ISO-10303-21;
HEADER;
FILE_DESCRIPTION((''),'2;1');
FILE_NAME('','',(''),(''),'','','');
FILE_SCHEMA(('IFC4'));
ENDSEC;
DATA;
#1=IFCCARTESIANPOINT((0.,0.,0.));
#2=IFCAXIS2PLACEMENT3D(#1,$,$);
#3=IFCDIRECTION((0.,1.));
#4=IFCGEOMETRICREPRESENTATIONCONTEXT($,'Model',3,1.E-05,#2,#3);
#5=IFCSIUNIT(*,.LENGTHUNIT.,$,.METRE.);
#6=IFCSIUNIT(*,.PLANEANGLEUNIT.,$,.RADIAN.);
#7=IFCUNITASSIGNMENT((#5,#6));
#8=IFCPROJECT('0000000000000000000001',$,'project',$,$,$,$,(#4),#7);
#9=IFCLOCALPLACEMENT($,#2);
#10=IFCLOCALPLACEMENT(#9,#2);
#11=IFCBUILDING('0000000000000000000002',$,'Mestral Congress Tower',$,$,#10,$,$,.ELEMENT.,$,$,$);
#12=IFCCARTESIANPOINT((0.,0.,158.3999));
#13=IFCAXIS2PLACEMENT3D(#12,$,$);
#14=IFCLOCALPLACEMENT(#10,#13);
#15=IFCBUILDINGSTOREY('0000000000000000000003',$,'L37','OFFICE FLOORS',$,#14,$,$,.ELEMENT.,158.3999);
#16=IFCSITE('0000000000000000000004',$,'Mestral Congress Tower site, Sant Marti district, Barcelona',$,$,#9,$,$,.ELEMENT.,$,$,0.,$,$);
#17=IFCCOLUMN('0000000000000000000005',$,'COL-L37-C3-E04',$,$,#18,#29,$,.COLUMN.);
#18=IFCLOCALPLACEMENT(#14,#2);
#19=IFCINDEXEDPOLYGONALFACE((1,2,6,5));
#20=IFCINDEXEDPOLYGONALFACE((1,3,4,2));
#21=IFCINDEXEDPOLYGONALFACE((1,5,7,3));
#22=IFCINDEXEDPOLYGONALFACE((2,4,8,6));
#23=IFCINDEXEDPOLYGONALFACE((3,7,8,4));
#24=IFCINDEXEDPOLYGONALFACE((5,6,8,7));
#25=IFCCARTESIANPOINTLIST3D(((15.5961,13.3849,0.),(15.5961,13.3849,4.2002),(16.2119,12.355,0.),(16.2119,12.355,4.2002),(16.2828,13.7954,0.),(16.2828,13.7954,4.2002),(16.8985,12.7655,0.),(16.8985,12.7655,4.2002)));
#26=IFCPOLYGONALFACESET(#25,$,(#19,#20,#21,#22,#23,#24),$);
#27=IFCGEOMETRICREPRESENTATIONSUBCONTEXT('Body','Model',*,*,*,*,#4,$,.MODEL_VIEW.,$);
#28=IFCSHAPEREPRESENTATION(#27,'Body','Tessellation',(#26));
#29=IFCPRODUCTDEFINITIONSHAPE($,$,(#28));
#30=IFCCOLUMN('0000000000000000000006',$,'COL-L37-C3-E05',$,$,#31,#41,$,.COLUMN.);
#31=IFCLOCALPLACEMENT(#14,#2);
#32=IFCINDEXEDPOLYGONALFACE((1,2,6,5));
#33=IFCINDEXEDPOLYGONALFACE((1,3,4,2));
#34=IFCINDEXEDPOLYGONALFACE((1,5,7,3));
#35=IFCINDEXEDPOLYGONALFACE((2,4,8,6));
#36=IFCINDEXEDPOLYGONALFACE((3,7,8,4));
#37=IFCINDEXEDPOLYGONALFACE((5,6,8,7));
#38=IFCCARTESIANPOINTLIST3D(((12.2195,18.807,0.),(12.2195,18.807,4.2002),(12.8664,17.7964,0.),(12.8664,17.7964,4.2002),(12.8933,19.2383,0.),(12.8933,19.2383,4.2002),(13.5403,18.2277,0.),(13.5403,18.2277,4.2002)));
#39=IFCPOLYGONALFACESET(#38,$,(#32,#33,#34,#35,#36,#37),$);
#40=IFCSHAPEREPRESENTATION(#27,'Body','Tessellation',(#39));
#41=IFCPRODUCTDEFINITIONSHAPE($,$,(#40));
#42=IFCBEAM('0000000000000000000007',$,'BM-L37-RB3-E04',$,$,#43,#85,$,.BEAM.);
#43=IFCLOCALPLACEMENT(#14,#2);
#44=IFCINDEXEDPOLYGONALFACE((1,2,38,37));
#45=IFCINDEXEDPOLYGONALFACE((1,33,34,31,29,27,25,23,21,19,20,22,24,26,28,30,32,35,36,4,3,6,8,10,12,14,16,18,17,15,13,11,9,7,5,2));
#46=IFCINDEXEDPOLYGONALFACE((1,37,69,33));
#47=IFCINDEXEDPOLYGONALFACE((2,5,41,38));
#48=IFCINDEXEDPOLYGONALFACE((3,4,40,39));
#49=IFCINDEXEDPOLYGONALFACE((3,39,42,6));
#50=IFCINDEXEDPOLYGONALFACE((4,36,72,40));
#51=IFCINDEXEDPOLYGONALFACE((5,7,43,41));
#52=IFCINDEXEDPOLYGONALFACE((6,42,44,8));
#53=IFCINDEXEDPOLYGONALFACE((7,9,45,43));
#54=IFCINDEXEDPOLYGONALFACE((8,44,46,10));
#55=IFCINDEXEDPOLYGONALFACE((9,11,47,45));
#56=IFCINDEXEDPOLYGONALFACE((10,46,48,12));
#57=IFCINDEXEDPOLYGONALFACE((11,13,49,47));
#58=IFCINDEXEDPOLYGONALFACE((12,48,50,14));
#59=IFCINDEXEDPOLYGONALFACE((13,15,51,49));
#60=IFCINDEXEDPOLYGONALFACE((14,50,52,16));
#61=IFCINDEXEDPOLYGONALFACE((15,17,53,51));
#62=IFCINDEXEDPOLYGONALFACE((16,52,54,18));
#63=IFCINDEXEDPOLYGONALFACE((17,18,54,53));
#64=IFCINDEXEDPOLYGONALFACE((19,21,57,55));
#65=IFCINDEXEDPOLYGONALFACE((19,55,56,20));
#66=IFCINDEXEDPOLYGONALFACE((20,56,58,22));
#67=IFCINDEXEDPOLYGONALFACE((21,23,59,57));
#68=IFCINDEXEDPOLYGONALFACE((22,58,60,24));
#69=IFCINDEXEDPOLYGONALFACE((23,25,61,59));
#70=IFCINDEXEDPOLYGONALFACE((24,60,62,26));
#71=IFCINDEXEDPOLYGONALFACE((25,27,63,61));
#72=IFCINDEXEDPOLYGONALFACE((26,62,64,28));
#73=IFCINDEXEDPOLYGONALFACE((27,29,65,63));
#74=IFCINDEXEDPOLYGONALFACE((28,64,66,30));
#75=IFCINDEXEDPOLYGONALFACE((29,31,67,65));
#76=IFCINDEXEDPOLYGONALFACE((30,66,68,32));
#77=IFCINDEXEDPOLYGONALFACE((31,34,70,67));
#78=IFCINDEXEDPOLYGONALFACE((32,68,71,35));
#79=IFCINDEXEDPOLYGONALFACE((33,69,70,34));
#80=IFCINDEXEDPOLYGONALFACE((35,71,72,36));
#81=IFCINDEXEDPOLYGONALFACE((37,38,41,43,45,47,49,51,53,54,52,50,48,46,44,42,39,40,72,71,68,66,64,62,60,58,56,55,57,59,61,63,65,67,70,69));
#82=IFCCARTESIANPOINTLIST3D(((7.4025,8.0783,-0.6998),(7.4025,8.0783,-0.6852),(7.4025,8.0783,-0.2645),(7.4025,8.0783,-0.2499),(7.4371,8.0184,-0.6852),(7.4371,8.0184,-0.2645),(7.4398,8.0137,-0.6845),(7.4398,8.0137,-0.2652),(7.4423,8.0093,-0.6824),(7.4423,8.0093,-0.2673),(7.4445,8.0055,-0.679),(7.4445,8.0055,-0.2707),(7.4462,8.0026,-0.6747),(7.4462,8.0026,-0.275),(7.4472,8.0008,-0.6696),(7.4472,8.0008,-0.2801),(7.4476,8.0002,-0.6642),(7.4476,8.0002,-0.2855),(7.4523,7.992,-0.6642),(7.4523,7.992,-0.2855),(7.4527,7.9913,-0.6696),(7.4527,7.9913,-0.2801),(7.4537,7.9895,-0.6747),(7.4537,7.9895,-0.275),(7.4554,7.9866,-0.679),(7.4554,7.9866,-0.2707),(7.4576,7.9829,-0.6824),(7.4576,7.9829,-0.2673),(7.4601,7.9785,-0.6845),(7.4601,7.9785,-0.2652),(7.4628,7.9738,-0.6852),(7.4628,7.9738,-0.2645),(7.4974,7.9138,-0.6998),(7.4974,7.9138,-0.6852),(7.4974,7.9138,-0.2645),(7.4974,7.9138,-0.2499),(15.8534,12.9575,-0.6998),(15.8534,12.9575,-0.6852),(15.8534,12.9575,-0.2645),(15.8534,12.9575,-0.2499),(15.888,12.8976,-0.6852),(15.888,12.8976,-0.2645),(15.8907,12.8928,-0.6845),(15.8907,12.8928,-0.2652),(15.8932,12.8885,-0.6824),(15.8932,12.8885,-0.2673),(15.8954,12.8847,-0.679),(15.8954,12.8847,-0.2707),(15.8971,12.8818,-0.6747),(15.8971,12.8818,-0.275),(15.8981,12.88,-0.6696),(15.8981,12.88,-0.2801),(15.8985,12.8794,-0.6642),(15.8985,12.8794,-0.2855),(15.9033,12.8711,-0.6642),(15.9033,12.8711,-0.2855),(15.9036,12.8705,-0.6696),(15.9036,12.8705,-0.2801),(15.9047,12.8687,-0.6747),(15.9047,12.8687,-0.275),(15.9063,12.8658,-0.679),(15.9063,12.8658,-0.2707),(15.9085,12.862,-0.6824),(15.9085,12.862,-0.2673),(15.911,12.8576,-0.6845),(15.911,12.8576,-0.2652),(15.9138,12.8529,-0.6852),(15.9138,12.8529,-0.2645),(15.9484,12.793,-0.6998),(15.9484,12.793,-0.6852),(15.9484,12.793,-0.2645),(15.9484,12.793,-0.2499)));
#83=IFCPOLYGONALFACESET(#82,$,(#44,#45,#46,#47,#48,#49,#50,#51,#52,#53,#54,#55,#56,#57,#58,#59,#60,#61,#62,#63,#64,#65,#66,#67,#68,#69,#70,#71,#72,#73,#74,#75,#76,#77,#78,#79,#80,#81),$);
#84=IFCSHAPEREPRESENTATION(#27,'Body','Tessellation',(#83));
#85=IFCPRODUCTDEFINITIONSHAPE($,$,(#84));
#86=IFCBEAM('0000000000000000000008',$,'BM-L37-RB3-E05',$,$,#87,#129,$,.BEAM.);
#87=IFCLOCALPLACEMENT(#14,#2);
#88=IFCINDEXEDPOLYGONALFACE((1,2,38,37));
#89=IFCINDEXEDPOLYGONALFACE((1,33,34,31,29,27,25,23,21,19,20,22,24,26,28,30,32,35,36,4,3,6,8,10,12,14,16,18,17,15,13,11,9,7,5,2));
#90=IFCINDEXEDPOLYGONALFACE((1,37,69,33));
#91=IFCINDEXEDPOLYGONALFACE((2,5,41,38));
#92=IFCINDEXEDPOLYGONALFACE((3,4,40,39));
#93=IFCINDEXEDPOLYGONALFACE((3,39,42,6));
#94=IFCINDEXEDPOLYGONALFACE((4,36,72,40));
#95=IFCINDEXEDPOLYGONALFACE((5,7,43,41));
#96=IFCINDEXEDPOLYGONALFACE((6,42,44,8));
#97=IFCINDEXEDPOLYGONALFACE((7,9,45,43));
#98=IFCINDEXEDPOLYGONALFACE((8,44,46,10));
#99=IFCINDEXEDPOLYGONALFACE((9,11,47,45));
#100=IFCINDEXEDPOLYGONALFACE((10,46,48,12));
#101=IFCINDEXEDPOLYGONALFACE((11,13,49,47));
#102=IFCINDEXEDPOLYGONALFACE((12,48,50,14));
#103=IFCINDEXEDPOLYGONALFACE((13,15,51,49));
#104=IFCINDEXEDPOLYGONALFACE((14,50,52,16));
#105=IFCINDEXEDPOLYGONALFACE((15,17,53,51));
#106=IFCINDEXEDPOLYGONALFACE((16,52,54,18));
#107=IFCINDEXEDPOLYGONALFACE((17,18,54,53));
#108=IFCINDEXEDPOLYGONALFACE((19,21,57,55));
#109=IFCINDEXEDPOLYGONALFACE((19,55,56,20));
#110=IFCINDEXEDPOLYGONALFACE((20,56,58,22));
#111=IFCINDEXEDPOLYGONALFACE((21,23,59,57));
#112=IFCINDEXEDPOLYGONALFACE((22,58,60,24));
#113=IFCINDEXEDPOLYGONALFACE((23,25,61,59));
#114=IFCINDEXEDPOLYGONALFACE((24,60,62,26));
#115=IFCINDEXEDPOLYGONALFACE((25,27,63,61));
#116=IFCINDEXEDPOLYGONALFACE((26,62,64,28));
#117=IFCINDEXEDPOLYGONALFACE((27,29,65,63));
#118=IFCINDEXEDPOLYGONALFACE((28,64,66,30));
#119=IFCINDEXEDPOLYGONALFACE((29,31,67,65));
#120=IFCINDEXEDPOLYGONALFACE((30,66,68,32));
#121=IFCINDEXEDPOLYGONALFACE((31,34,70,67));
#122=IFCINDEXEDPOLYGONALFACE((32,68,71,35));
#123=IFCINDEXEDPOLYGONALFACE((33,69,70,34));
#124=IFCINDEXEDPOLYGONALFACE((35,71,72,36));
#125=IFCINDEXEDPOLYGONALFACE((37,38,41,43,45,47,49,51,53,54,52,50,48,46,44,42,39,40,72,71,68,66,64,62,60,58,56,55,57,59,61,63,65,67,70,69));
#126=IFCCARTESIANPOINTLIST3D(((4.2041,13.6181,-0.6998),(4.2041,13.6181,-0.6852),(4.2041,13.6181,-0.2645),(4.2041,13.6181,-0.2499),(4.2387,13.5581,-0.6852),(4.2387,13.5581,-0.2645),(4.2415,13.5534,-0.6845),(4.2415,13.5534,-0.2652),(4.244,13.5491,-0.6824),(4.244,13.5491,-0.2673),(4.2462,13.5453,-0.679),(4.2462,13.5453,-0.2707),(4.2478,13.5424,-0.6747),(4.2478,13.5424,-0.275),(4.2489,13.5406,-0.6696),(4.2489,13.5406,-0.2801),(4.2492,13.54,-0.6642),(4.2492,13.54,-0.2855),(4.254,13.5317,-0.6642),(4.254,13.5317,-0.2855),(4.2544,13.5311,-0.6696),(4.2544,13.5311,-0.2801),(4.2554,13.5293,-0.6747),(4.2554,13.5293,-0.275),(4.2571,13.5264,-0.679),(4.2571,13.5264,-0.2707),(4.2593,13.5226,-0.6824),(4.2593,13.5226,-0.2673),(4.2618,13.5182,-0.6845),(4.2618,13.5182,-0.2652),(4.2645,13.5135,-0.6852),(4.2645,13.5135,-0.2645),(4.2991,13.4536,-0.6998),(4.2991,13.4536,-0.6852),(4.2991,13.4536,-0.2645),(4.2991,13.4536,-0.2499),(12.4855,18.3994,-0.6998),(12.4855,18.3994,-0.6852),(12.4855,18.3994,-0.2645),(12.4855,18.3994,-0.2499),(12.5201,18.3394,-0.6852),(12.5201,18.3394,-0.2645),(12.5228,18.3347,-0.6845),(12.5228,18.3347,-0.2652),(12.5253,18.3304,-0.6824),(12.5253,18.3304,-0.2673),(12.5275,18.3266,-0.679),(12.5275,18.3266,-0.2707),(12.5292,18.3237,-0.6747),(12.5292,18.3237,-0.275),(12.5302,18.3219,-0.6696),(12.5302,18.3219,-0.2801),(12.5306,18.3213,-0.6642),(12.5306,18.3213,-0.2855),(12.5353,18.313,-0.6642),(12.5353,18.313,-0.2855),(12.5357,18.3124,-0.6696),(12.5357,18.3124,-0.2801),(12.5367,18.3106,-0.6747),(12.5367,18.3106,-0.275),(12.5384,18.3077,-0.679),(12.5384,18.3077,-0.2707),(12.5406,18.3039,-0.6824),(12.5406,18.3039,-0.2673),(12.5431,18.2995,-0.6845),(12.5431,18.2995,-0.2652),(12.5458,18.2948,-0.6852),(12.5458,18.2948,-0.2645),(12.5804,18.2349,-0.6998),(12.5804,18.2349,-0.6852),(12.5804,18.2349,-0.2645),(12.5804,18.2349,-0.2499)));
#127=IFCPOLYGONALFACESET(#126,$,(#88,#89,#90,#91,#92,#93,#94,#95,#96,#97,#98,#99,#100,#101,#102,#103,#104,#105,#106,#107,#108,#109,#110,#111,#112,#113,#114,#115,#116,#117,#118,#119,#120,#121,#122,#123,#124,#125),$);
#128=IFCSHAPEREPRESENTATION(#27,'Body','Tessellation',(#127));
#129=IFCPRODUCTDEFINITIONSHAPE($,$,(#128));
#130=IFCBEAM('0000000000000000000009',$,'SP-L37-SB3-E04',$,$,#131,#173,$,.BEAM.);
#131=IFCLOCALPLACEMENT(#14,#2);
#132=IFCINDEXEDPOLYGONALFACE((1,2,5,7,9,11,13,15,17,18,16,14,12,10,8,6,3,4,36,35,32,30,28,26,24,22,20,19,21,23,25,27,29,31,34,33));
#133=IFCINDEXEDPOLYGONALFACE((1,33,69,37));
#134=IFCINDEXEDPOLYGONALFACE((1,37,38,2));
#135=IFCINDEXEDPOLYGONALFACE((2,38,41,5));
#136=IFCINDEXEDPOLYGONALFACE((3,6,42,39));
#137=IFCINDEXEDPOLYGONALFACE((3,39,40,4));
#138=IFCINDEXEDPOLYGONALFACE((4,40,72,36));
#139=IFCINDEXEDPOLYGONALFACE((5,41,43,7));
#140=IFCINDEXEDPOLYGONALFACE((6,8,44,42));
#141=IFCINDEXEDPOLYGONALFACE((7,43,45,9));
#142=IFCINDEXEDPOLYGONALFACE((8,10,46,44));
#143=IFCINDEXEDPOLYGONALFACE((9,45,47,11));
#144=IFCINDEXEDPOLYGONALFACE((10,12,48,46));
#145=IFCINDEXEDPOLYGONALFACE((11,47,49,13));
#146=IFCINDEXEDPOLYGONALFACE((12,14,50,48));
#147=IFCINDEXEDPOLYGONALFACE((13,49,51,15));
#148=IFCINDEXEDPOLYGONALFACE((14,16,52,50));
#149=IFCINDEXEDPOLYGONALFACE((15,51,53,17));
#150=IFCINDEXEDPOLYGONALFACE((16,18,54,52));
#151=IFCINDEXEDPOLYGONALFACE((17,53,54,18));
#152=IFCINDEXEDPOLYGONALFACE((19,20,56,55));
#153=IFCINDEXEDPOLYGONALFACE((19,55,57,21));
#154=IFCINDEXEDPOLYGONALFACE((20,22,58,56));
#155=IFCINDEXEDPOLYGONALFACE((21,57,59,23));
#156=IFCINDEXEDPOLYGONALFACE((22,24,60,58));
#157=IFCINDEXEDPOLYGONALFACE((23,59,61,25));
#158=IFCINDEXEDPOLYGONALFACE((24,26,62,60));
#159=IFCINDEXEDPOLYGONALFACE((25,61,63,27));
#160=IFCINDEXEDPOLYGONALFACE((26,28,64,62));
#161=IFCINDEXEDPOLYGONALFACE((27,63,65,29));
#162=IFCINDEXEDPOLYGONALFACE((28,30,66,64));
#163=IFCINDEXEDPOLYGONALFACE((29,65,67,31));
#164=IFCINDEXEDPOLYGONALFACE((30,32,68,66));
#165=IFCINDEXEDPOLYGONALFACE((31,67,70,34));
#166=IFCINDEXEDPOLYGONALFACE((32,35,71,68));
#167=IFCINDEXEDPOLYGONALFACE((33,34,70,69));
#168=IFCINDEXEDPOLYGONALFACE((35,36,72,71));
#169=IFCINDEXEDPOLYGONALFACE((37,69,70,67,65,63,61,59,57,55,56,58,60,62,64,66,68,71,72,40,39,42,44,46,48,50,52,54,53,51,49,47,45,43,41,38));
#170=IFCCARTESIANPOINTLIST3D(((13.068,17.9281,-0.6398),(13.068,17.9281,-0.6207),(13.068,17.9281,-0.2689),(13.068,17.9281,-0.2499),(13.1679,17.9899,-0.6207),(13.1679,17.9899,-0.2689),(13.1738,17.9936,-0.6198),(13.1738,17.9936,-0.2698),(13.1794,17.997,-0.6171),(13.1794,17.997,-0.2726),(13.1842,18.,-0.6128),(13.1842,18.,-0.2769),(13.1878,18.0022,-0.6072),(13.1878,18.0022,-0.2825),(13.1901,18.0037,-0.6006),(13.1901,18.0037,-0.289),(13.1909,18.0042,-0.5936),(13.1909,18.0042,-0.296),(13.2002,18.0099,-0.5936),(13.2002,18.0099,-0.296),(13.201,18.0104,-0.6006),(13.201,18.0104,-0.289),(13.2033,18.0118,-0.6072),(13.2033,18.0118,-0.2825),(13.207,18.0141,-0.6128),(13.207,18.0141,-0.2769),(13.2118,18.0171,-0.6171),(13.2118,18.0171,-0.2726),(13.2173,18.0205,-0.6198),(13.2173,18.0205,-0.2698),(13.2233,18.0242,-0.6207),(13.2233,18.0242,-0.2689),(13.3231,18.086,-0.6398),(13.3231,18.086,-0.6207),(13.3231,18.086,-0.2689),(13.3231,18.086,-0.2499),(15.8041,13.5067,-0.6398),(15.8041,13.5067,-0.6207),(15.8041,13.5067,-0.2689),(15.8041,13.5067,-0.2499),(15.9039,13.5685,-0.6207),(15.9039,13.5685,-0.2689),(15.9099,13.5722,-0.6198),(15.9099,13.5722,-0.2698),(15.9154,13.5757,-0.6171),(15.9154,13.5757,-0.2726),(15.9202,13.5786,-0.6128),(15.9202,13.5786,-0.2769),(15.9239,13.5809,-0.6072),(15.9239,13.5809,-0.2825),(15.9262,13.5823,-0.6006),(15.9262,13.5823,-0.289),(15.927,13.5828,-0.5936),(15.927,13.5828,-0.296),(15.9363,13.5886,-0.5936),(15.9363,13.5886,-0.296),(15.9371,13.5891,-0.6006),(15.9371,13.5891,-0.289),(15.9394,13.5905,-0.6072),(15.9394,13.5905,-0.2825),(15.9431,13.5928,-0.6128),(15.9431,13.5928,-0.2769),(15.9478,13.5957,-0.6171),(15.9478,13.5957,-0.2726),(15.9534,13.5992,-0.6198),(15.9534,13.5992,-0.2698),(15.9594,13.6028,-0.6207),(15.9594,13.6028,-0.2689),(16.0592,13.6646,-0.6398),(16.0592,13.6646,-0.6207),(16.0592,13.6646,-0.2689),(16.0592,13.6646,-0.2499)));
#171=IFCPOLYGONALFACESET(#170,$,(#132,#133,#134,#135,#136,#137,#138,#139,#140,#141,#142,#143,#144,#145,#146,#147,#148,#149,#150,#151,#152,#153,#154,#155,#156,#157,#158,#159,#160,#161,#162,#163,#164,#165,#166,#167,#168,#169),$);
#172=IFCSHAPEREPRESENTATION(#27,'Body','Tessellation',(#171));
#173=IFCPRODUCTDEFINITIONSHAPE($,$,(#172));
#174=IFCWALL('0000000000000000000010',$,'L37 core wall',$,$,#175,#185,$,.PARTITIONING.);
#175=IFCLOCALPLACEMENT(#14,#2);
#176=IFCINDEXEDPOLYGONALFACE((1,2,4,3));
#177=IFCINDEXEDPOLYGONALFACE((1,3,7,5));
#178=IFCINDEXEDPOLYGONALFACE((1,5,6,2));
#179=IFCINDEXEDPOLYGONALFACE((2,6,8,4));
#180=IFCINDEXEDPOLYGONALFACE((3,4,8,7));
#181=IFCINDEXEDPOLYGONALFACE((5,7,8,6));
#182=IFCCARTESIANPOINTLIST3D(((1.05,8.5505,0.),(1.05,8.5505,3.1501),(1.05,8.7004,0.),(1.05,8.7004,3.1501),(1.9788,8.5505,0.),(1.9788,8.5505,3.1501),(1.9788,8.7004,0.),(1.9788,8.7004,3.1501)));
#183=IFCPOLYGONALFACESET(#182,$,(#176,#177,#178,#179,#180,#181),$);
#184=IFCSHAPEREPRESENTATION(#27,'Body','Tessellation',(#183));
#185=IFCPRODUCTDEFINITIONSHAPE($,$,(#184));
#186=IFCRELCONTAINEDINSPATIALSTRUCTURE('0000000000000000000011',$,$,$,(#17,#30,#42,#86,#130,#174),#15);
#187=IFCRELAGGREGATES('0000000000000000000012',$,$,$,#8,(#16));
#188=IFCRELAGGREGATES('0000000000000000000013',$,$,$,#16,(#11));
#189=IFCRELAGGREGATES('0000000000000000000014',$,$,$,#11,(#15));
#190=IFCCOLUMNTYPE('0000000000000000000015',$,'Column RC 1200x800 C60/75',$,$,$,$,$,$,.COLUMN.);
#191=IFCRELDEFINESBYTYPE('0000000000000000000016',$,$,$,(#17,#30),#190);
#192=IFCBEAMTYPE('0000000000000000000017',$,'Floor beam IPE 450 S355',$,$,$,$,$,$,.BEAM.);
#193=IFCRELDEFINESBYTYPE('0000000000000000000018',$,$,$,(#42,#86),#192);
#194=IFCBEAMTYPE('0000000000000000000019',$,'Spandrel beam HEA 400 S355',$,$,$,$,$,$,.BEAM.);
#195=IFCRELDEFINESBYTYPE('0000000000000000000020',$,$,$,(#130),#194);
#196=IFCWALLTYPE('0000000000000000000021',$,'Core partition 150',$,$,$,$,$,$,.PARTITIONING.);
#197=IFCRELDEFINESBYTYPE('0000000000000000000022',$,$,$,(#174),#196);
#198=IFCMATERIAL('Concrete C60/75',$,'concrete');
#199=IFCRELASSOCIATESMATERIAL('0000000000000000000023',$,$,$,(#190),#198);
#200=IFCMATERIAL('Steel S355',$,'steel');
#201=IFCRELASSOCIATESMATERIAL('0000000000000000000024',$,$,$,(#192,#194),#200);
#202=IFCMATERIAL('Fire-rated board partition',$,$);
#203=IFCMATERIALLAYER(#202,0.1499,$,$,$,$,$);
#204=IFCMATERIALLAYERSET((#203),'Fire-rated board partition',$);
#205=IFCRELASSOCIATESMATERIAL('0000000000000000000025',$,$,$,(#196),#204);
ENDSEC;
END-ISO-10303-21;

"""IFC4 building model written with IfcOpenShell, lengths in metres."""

from ifc_helpers import new_model, si_unit, direction, frame, frame_2d, origin, origin_2d, place, context, subcontext, project, spatial, rectangle, i_section, extrude, material, layer, layer_set, material_profile, profile_set, type_object, element, save


model = new_model("IFC4")

# Units and contexts
model_context = context("Model", 3, precision=1e-05, world=origin(), true_north=direction((0.0, 1.0)))
body_context = subcontext(model_context, "Body", "Model", "MODEL_VIEW")
ifc_project = project(units=[si_unit("LENGTHUNIT", "METRE"), si_unit("PLANEANGLEUNIT", "RADIAN")], contexts=[model_context])

# Site, building, storey
site_placement = place(None, origin())
site = spatial("IfcSite", under=ifc_project, at=site_placement, Name="Mestral Congress Tower site, Sant Marti district, Barcelona", CompositionType="ELEMENT", RefElevation=0.0)
building_placement = place(site_placement, origin())
building = spatial("IfcBuilding", under=site, at=building_placement, Name="Mestral Congress Tower", CompositionType="ELEMENT")
storey_placement = place(building_placement, frame((0.0, 0.0, 158.3999)))
storey = spatial("IfcBuildingStorey", under=building, at=storey_placement, Name="L37", Description="OFFICE FLOORS", CompositionType="ELEMENT", Elevation=158.3999)

# Columns
ifc_material_1 = material(Name="Concrete C60/75", Category="concrete")
ifc_material_profile_1 = material_profile(ifc_material_1, rectangle(XDim=1.2, YDim=0.8, at=origin_2d()), Name="RC 1200x800")
ifc_profile_set_1 = profile_set([ifc_material_profile_1], Name="Concrete C60/75")
column_type = type_object("IfcColumnType", Name="Column RC 1200x800 C60/75", PredefinedType="COLUMN", material=ifc_profile_set_1)
for number, where, z_axis, x_axis, name in (
    (1, (16.2473, 13.0752, 0.0), (0.0, 0.0, 1.0), (-0.513159, 0.858293, 0.0), "COL-L37-C3-E04"),
    (2, (12.8799, 18.5173, 0.0), (0.0, 0.0, 1.0), (-0.539115, 0.842232, 0.0), "COL-L37-C3-E05"),
):
    element("IfcColumn", number, at=place(storey_placement, frame(where, z_axis=z_axis, x_axis=x_axis)), inside=storey, type_object=column_type, Name=name, PredefinedType="COLUMN", context=body_context, shape_type="SweptSolid", body=[
        extrude(rectangle(XDim=1.2, YDim=0.8, at=origin_2d()), origin(), (0.0, 0.0, 1.0), 4.2002),
    ])

# Beams
ifc_material_2 = material(Name="Steel S355", Category="steel")
ifc_material_profile_2 = material_profile(ifc_material_2, i_section(OverallWidth=0.1899, OverallDepth=0.45, WebThickness=0.0095, FlangeThickness=0.0146, FilletRadius=0.021, at=origin_2d()), Name="IPE 450")
ifc_profile_set_2 = profile_set([ifc_material_profile_2], Name="Steel S355")
beam_type_1 = type_object("IfcBeamType", Name="Floor beam IPE 450 S355", PredefinedType="BEAM", material=ifc_profile_set_2)
beam_1_placement = place(storey_placement, frame((15.9009, 12.8752, -0.4749), z_axis=(-0.866025, -0.5, 0.0), x_axis=(0.5, -0.866025, 0.0)))
element("IfcBeam", 3, at=beam_1_placement, inside=storey, type_object=beam_type_1, Name="BM-L37-RB3-E04", PredefinedType="BEAM", context=body_context, shape_type="SweptSolid", body=[
    extrude(i_section(OverallWidth=0.1899, OverallDepth=0.45, WebThickness=0.0095, FlangeThickness=0.0146, FilletRadius=0.021, at=origin_2d()), origin(), (0.0, 0.0, 1.0), 9.7583),
])
beam_2_placement = place(storey_placement, frame((12.533, 18.3171, -0.4749), z_axis=(-0.866022, -0.500005, 0.0), x_axis=(0.500005, -0.866022, 0.0)))
element("IfcBeam", 4, at=beam_2_placement, inside=storey, type_object=beam_type_1, Name="BM-L37-RB3-E05", PredefinedType="BEAM", context=body_context, shape_type="SweptSolid", body=[
    extrude(i_section(OverallWidth=0.1899, OverallDepth=0.45, WebThickness=0.0095, FlangeThickness=0.0146, FilletRadius=0.021, at=origin_2d()), origin(), (0.0, 0.0, 1.0), 9.5625),
])
ifc_material_profile_3 = material_profile(ifc_material_2, i_section(OverallWidth=0.3, OverallDepth=0.3899, WebThickness=0.011, FlangeThickness=0.019, FilletRadius=0.0271, at=origin_2d()), Name="HEA 400")
ifc_profile_set_3 = profile_set([ifc_material_profile_3], Name="Steel S355")
beam_type_2 = type_object("IfcBeamType", Name="Spandrel beam HEA 400 S355", PredefinedType="BEAM", material=ifc_profile_set_3)
beam_3_placement = place(storey_placement, frame((15.9316, 13.5857, -0.4448), z_axis=(-0.52622, 0.850348, 0.0), x_axis=(-0.850348, -0.52622, 0.0)))
element("IfcBeam", 5, at=beam_3_placement, inside=storey, type_object=beam_type_2, Name="SP-L37-SB3-E04", PredefinedType="BEAM", context=body_context, shape_type="SweptSolid", body=[
    extrude(i_section(OverallWidth=0.3, OverallDepth=0.3899, WebThickness=0.011, FlangeThickness=0.019, FilletRadius=0.0271, at=origin_2d()), origin(), (0.0, 0.0, 1.0), 5.1995),
])

# Wall
ifc_material_3 = material(Name="Fire-rated board partition")
ifc_layer_1 = layer(ifc_material_3, 0.1499)
ifc_layer_set_1 = layer_set([ifc_layer_1], Name="Fire-rated board partition")
wall_type_1 = type_object("IfcWallType", Name="Core partition 150", PredefinedType="PARTITIONING", material=ifc_layer_set_1)
wall_1_placement = place(storey_placement, frame((1.05, 8.6255, 0.0), z_axis=(0.0, 0.0, 1.0), x_axis=(1.0, 0.0, 0.0)))
element("IfcWall", 6, at=wall_1_placement, inside=storey, type_object=wall_type_1, Name="L37 core wall", PredefinedType="PARTITIONING", context=body_context, shape_type="SweptSolid", body=[
    extrude(rectangle(XDim=0.9287, YDim=0.1499, at=frame_2d((0.4644, 0.0))), origin(), (0.0, 0.0, 1.0), 3.1501),
])

save(model, "model.ifc")
